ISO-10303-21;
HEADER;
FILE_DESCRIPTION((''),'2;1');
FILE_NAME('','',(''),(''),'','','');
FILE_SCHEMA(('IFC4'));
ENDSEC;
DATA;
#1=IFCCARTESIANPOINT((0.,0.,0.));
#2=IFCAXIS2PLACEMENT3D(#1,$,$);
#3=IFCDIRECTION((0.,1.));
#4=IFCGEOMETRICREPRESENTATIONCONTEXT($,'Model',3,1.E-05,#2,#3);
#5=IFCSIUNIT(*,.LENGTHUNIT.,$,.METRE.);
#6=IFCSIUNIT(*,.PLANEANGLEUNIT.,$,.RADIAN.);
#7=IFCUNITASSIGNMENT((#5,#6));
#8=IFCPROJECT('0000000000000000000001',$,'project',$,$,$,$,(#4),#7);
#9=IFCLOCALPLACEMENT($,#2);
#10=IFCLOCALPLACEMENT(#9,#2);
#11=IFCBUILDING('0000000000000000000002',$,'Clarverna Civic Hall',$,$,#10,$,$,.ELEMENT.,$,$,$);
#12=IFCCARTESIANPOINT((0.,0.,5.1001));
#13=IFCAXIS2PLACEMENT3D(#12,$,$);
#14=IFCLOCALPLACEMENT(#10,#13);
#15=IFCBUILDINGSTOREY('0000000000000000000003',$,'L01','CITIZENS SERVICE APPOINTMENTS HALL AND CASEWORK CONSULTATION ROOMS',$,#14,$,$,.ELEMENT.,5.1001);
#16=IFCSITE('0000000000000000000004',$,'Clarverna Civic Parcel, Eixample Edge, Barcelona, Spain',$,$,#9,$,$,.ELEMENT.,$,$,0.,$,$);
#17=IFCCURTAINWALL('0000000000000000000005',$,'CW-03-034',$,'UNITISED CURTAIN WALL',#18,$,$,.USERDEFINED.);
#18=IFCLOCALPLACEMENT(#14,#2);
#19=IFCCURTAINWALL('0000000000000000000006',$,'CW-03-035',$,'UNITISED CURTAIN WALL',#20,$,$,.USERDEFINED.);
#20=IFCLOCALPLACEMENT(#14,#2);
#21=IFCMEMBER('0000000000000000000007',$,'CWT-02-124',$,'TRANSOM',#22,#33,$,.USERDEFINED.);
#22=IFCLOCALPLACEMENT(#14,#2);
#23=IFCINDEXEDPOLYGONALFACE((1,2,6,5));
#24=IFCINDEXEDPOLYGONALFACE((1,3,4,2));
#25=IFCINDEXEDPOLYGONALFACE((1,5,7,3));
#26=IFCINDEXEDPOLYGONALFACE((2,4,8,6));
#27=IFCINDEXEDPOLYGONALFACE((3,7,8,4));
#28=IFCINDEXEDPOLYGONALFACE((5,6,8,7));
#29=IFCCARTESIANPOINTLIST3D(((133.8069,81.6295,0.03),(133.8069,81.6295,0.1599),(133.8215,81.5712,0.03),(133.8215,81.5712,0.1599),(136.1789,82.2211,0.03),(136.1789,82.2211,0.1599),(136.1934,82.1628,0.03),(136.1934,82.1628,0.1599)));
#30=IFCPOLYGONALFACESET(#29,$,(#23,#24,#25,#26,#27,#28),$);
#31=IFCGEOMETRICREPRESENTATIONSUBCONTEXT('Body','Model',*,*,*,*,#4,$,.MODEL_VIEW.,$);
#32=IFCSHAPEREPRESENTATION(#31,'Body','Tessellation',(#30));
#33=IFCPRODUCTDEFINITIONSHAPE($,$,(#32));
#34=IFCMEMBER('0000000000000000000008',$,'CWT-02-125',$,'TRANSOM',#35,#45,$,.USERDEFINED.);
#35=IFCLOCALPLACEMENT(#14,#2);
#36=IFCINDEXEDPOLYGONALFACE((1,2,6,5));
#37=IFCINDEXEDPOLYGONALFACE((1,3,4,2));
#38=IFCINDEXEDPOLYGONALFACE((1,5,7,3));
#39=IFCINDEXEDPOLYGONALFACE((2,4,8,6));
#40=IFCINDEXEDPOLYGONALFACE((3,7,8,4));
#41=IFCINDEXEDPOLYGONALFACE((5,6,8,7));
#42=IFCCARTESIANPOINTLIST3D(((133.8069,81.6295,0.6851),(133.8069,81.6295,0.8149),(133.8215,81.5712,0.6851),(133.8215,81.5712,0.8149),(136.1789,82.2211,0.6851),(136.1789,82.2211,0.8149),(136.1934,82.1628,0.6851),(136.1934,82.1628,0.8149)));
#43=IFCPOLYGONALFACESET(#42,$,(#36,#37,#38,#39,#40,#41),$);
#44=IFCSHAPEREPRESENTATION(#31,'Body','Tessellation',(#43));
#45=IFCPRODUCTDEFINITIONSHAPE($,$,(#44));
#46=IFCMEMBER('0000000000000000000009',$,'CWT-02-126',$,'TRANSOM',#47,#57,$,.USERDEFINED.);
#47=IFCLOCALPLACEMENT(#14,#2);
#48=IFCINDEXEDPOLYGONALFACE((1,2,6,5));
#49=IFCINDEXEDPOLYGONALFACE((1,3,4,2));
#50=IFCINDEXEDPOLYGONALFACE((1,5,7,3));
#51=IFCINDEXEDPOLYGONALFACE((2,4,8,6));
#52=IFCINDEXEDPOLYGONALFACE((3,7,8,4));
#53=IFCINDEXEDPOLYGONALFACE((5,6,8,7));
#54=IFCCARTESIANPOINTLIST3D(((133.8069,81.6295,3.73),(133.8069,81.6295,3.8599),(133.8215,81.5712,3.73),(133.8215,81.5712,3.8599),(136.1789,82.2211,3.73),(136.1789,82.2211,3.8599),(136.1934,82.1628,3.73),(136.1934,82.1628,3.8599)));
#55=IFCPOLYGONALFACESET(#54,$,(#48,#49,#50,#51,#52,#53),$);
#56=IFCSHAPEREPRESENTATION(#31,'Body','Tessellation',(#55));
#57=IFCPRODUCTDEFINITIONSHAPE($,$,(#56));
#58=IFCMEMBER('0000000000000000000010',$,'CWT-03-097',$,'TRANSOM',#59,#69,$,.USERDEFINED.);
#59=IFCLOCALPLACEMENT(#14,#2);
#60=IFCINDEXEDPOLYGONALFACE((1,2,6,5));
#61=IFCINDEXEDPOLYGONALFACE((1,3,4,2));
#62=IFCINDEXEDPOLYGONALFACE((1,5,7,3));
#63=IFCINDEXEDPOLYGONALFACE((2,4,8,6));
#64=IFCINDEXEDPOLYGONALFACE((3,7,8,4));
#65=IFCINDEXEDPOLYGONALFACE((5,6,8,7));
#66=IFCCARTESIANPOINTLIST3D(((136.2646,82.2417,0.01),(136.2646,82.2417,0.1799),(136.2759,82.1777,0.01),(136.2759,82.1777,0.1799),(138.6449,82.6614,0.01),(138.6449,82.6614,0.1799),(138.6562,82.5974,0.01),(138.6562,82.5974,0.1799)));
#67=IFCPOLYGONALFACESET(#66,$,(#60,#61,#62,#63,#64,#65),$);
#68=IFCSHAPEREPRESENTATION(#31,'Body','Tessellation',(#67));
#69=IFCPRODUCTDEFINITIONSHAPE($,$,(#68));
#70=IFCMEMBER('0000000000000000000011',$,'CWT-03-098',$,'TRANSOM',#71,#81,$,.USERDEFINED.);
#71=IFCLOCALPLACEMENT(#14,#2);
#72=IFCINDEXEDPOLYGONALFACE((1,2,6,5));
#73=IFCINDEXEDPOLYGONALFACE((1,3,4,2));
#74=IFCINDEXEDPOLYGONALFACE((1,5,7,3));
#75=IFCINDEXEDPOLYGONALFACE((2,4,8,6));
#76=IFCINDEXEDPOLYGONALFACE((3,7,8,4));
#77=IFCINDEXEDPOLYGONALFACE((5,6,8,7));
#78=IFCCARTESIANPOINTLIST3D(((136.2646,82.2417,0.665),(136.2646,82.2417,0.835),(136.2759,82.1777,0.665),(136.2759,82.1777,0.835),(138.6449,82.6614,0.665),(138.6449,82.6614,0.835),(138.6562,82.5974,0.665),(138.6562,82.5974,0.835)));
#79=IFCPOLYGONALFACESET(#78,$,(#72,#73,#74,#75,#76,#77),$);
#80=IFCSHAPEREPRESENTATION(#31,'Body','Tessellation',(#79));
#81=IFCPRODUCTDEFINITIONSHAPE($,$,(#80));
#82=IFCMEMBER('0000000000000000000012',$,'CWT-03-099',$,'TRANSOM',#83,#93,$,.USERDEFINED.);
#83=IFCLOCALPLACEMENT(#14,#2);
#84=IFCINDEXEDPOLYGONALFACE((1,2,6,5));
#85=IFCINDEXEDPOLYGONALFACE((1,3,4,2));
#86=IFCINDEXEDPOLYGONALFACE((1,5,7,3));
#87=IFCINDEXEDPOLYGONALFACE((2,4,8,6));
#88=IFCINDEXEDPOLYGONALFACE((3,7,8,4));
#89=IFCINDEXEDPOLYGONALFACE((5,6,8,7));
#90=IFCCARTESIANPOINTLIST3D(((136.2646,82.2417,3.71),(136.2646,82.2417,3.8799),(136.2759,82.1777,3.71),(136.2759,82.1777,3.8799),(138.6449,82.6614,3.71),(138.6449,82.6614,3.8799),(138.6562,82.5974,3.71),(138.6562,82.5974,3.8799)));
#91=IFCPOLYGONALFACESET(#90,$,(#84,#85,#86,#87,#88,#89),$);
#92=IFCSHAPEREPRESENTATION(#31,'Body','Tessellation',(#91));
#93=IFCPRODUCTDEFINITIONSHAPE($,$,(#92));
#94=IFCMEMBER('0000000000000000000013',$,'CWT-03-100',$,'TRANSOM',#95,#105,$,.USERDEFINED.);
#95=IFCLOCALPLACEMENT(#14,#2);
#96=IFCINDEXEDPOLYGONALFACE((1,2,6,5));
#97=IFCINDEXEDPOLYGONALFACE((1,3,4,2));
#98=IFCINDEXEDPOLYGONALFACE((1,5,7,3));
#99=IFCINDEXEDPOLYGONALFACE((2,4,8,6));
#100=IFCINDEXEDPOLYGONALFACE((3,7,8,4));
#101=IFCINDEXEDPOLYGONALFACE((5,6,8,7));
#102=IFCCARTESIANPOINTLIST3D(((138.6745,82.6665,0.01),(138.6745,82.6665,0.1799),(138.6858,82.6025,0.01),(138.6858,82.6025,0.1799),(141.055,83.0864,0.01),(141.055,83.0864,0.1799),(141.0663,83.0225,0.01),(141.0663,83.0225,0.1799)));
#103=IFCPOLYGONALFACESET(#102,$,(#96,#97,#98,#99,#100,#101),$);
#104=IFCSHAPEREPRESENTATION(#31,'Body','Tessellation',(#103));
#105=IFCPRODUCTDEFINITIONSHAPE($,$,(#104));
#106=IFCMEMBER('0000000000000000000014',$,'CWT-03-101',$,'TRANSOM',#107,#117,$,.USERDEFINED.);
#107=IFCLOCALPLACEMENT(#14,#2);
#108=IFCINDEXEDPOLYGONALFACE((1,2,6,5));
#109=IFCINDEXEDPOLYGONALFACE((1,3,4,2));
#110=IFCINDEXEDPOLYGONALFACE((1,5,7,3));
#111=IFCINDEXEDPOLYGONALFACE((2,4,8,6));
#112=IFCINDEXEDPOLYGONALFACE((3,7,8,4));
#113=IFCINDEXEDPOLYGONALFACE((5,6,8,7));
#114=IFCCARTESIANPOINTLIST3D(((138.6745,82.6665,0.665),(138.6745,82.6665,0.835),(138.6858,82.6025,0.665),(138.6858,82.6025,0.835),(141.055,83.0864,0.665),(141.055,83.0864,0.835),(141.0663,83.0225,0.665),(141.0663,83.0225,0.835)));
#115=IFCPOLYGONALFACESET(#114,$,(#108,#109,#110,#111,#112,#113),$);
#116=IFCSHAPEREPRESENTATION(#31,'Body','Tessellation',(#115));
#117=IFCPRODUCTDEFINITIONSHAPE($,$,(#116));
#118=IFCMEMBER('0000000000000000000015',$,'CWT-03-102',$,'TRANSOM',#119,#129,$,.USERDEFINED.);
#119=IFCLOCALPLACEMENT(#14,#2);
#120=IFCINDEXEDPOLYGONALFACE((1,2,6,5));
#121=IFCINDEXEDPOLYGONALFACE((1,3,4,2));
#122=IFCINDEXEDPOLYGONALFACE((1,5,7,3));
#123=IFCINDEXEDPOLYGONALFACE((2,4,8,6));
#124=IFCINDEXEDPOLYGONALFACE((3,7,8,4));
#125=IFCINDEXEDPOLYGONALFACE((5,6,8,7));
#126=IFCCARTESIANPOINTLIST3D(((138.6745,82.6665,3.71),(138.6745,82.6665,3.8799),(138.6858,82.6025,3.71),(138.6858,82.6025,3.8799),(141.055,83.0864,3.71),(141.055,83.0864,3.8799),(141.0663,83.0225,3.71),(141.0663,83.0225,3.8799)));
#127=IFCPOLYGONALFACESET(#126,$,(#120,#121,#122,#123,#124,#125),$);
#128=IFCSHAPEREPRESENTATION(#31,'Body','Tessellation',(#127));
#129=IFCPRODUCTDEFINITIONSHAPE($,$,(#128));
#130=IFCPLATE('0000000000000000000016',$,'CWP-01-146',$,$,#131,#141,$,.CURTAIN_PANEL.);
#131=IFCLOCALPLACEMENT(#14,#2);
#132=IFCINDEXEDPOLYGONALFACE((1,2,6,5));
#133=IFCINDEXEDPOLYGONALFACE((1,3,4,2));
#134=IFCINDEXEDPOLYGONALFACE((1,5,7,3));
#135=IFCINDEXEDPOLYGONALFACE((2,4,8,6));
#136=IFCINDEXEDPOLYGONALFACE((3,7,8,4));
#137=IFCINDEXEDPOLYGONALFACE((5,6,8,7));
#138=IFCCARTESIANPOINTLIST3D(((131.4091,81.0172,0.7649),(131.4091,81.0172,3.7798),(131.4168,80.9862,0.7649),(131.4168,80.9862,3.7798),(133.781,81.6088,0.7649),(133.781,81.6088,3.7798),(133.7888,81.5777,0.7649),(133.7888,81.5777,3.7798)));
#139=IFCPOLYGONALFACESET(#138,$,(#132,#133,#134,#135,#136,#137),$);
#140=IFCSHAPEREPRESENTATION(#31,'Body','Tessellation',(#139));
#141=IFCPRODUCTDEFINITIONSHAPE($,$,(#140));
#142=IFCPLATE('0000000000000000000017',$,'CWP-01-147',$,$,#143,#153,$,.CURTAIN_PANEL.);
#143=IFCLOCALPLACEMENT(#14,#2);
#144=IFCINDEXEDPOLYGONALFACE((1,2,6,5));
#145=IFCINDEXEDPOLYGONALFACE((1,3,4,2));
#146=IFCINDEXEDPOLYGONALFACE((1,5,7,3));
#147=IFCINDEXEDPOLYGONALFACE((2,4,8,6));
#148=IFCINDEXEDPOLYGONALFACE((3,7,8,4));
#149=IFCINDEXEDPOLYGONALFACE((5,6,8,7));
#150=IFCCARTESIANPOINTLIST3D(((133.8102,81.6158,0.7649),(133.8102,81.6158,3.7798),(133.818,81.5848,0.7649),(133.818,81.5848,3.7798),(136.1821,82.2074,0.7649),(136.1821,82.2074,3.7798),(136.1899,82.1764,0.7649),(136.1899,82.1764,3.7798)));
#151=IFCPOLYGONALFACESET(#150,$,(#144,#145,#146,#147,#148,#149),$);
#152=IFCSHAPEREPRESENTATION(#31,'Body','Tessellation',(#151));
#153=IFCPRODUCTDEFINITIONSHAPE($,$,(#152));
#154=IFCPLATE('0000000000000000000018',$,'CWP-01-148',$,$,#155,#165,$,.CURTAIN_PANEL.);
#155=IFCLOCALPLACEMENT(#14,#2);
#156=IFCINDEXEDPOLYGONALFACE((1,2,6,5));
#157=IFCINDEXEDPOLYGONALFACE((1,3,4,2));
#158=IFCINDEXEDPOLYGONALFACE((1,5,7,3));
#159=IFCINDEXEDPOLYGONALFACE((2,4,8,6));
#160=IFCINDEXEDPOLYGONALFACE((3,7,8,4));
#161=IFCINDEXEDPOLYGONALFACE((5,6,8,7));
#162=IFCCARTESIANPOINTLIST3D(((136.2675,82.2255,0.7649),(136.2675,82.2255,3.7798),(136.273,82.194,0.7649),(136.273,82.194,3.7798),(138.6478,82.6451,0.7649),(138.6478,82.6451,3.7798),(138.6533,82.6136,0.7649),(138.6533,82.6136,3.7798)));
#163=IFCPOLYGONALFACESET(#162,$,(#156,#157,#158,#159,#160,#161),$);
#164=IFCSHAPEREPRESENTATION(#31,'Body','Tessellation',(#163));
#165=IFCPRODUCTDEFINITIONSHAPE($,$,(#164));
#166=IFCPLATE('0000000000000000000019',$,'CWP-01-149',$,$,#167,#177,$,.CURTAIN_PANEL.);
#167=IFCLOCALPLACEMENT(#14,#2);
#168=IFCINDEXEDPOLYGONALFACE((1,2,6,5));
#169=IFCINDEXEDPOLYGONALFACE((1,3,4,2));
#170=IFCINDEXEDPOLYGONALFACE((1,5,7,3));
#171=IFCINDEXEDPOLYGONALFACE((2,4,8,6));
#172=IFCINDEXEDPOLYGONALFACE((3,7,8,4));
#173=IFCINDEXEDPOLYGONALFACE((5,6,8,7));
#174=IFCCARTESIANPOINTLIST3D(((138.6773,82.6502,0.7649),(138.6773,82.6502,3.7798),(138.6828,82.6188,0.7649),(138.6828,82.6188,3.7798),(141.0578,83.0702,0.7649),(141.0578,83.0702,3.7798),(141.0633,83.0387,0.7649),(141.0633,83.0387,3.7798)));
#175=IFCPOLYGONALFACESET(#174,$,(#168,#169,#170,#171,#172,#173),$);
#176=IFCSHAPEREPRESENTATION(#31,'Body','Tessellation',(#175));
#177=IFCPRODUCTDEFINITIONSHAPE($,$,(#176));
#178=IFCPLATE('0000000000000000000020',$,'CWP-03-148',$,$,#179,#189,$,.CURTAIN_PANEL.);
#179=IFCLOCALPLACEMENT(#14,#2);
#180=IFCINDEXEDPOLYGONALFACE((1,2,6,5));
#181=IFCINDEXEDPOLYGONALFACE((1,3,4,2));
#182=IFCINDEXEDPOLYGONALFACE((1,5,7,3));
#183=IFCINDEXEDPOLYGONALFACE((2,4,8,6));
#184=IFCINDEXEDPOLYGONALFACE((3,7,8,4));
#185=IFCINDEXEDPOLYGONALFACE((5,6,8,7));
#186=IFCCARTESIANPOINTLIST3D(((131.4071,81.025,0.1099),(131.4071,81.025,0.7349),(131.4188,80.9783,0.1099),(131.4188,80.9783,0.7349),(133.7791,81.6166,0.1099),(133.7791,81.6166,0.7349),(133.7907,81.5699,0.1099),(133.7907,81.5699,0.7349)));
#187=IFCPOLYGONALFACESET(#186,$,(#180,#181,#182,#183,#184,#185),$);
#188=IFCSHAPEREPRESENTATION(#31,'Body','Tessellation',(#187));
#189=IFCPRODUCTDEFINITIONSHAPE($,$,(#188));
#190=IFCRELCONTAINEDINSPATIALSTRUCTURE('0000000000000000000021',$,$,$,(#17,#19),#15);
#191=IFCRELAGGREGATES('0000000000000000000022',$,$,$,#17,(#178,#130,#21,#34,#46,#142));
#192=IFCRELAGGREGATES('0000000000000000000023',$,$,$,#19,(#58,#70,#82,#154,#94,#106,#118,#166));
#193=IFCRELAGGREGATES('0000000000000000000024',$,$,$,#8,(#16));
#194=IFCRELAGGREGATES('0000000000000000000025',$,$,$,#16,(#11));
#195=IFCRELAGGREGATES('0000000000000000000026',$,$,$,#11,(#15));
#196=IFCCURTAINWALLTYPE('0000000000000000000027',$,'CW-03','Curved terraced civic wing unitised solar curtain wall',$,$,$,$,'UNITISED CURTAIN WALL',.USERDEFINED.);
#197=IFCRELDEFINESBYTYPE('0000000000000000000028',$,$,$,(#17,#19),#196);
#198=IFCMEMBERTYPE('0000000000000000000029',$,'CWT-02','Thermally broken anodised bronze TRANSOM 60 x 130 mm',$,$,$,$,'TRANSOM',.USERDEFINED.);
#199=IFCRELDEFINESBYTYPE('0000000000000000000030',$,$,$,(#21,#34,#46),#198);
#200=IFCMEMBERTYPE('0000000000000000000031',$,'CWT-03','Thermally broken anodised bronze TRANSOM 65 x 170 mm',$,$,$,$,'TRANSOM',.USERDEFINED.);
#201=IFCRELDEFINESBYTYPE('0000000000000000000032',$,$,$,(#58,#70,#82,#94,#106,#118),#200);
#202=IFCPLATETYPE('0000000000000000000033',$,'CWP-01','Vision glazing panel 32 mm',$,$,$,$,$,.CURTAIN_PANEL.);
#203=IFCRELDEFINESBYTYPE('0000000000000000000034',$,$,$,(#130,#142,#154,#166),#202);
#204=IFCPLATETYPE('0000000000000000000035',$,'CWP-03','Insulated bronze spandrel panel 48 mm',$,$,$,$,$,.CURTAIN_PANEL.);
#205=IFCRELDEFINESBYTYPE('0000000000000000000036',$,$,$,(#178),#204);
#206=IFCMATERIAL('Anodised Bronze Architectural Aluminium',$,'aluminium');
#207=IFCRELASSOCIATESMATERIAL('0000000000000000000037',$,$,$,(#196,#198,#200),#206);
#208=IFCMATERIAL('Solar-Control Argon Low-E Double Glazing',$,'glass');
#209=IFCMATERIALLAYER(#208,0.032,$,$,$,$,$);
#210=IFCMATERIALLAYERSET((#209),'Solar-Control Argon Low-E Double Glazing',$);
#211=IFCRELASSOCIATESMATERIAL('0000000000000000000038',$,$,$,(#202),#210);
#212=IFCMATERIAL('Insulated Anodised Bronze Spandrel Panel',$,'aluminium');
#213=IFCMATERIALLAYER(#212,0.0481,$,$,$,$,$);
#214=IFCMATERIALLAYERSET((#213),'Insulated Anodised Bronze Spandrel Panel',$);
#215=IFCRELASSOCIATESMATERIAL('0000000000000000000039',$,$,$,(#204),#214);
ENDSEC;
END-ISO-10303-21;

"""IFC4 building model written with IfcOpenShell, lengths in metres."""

from ifc_helpers import new_model, si_unit, direction, frame, frame_2d, origin, origin_2d, place, context, subcontext, project, spatial, rectangle, extrude, material, layer, layer_set, material_profile, profile_set, type_object, element, aggregate, save


model = new_model("IFC4")

# Units and contexts
model_context = context("Model", 3, precision=1e-05, world=origin(), true_north=direction((0.0, 1.0)))
body_context = subcontext(model_context, "Body", "Model", "MODEL_VIEW")
ifc_project = project(units=[si_unit("LENGTHUNIT", "METRE"), si_unit("PLANEANGLEUNIT", "RADIAN")], contexts=[model_context])

# Site, building, storey
site_placement = place(None, origin())
site = spatial("IfcSite", under=ifc_project, at=site_placement, Name="Clarverna Civic Parcel, Eixample Edge, Barcelona, Spain", CompositionType="ELEMENT", RefElevation=0.0)
building_placement = place(site_placement, origin())
building = spatial("IfcBuilding", under=site, at=building_placement, Name="Clarverna Civic Hall", CompositionType="ELEMENT")
storey_placement = place(building_placement, frame((0.0, 0.0, 5.1001)))
storey = spatial("IfcBuildingStorey", under=building, at=storey_placement, Name="L01", Description="CITIZENS SERVICE APPOINTMENTS HALL AND CASEWORK CONSULTATION ROOMS", CompositionType="ELEMENT", Elevation=5.1001)

# Curtain walls
ifc_material_1 = material(Name="Anodised Bronze Architectural Aluminium", Category="aluminium")
curtain_wall_type = type_object("IfcCurtainWallType", Name="CW-03", Description="Curved terraced civic wing unitised solar curtain wall", ElementType="UNITISED CURTAIN WALL", PredefinedType="USERDEFINED", material=ifc_material_1)
curtain_wall_1_placement = place(storey_placement, origin())
curtain_wall_1 = element("IfcCurtainWall", 1, at=curtain_wall_1_placement, inside=storey, type_object=curtain_wall_type, Name="CW-03-034", ObjectType="UNITISED CURTAIN WALL", PredefinedType="USERDEFINED")
curtain_wall_2_placement = place(storey_placement, origin())
curtain_wall_2 = element("IfcCurtainWall", 2, at=curtain_wall_2_placement, inside=storey, type_object=curtain_wall_type, Name="CW-03-035", ObjectType="UNITISED CURTAIN WALL", PredefinedType="USERDEFINED")

# Members
ifc_material_profile_1 = material_profile(ifc_material_1, rectangle(XDim=0.0601, YDim=0.1299, at=origin_2d()), Name="BRONZE 60x130")
ifc_profile_set_1 = profile_set([ifc_material_profile_1], Name="Anodised Bronze Architectural Aluminium")
member_type_1 = type_object("IfcMemberType", Name="CWT-02", Description="Thermally broken anodised bronze TRANSOM 60 x 130 mm", ElementType="TRANSOM", PredefinedType="USERDEFINED", material=ifc_profile_set_1)
member_1_placement = place(storey_placement, frame((133.8142, 81.6003, 0.095), z_axis=(0.970277, 0.241995, 0.0), x_axis=(-0.241995, 0.970277, 0.0)))
member_1 = element("IfcMember", 3, at=member_1_placement, type_object=member_type_1, Name="CWT-02-124", ObjectType="TRANSOM", PredefinedType="USERDEFINED", context=body_context, shape_type="SweptSolid", body=[
    extrude(rectangle(XDim=0.0601, YDim=0.1299, at=origin_2d()), origin(), (0.0, 0.0, 1.0), 2.4446),
])
member_2_placement = place(storey_placement, frame((133.8142, 81.6003, 0.75), z_axis=(0.970277, 0.241995, 0.0), x_axis=(-0.241995, 0.970277, 0.0)))
member_2 = element("IfcMember", 4, at=member_2_placement, type_object=member_type_1, Name="CWT-02-125", ObjectType="TRANSOM", PredefinedType="USERDEFINED", context=body_context, shape_type="SweptSolid", body=[
    extrude(rectangle(XDim=0.0601, YDim=0.1299, at=origin_2d()), origin(), (0.0, 0.0, 1.0), 2.4446),
])
member_3_placement = place(storey_placement, frame((133.8142, 81.6003, 3.7949), z_axis=(0.970277, 0.241995, 0.0), x_axis=(-0.241995, 0.970277, 0.0)))
member_3 = element("IfcMember", 5, at=member_3_placement, type_object=member_type_1, Name="CWT-02-126", ObjectType="TRANSOM", PredefinedType="USERDEFINED", context=body_context, shape_type="SweptSolid", body=[
    extrude(rectangle(XDim=0.0601, YDim=0.1299, at=origin_2d()), origin(), (0.0, 0.0, 1.0), 2.4446),
])
ifc_material_profile_2 = material_profile(ifc_material_1, rectangle(XDim=0.0649, YDim=0.1699, at=origin_2d()), Name="BRONZE 65x170")
ifc_profile_set_2 = profile_set([ifc_material_profile_2], Name="Anodised Bronze Architectural Aluminium")
member_type_2 = type_object("IfcMemberType", Name="CWT-03", Description="Thermally broken anodised bronze TRANSOM 65 x 170 mm", ElementType="TRANSOM", PredefinedType="USERDEFINED", material=ifc_profile_set_2)
member_4_placement = place(storey_placement, frame((136.2703, 82.2097, 0.095), z_axis=(0.984811, 0.17363, 0.0), x_axis=(-0.17363, 0.984811, 0.0)))
member_4 = element("IfcMember", 6, at=member_4_placement, type_object=member_type_2, Name="CWT-03-097", ObjectType="TRANSOM", PredefinedType="USERDEFINED", context=body_context, shape_type="SweptSolid", body=[
    extrude(rectangle(XDim=0.0649, YDim=0.1699, at=origin_2d()), origin(), (0.0, 0.0, 1.0), 2.417),
])
member_5_placement = place(storey_placement, frame((136.2703, 82.2097, 0.75), z_axis=(0.984811, 0.17363, 0.0), x_axis=(-0.17363, 0.984811, 0.0)))
member_5 = element("IfcMember", 7, at=member_5_placement, type_object=member_type_2, Name="CWT-03-098", ObjectType="TRANSOM", PredefinedType="USERDEFINED", context=body_context, shape_type="SweptSolid", body=[
    extrude(rectangle(XDim=0.0649, YDim=0.1699, at=origin_2d()), origin(), (0.0, 0.0, 1.0), 2.417),
])
member_6_placement = place(storey_placement, frame((136.2703, 82.2097, 3.7949), z_axis=(0.984811, 0.17363, 0.0), x_axis=(-0.17363, 0.984811, 0.0)))
member_6 = element("IfcMember", 8, at=member_6_placement, type_object=member_type_2, Name="CWT-03-099", ObjectType="TRANSOM", PredefinedType="USERDEFINED", context=body_context, shape_type="SweptSolid", body=[
    extrude(rectangle(XDim=0.0649, YDim=0.1699, at=origin_2d()), origin(), (0.0, 0.0, 1.0), 2.417),
])
member_7_placement = place(storey_placement, frame((138.6802, 82.6345, 0.095), z_axis=(0.984794, 0.173728, 0.0), x_axis=(-0.173728, 0.984794, 0.0)))
member_7 = element("IfcMember", 9, at=member_7_placement, type_object=member_type_2, Name="CWT-03-100", ObjectType="TRANSOM", PredefinedType="USERDEFINED", context=body_context, shape_type="SweptSolid", body=[
    extrude(rectangle(XDim=0.0649, YDim=0.1699, at=origin_2d()), origin(), (0.0, 0.0, 1.0), 2.4172),
])
member_8_placement = place(storey_placement, frame((138.6802, 82.6345, 0.75), z_axis=(0.984794, 0.173728, 0.0), x_axis=(-0.173728, 0.984794, 0.0)))
member_8 = element("IfcMember", 10, at=member_8_placement, type_object=member_type_2, Name="CWT-03-101", ObjectType="TRANSOM", PredefinedType="USERDEFINED", context=body_context, shape_type="SweptSolid", body=[
    extrude(rectangle(XDim=0.0649, YDim=0.1699, at=origin_2d()), origin(), (0.0, 0.0, 1.0), 2.4172),
])
member_9_placement = place(storey_placement, frame((138.6802, 82.6345, 3.7949), z_axis=(0.984794, 0.173728, 0.0), x_axis=(-0.173728, 0.984794, 0.0)))
member_9 = element("IfcMember", 11, at=member_9_placement, type_object=member_type_2, Name="CWT-03-102", ObjectType="TRANSOM", PredefinedType="USERDEFINED", context=body_context, shape_type="SweptSolid", body=[
    extrude(rectangle(XDim=0.0649, YDim=0.1699, at=origin_2d()), origin(), (0.0, 0.0, 1.0), 2.4172),
])

# Plates
ifc_material_2 = material(Name="Solar-Control Argon Low-E Double Glazing", Category="glass")
ifc_layer_1 = layer(ifc_material_2, 0.032)
ifc_layer_set_1 = layer_set([ifc_layer_1], Name="Solar-Control Argon Low-E Double Glazing")
plate_type_1 = type_object("IfcPlateType", Name="CWP-01", Description="Vision glazing panel 32 mm", PredefinedType="CURTAIN_PANEL", material=ifc_layer_set_1)
plate_1_placement = place(storey_placement, frame((131.4131, 81.0017, 0.7649), z_axis=(0.0, 0.0, 1.0), x_axis=(0.970277, 0.241995, 0.0)))
plate_1 = element("IfcPlate", 12, at=plate_1_placement, type_object=plate_type_1, Name="CWP-01-146", PredefinedType="CURTAIN_PANEL", context=body_context, shape_type="SweptSolid", body=[
    extrude(rectangle(XDim=2.4446, YDim=0.032, at=frame_2d((1.2222, 0.0))), origin(), (0.0, 0.0, 1.0), 3.0149),
])
plate_2_placement = place(storey_placement, frame((133.8142, 81.6003, 0.7649), z_axis=(0.0, 0.0, 1.0), x_axis=(0.970277, 0.241995, 0.0)))
plate_2 = element("IfcPlate", 13, at=plate_2_placement, type_object=plate_type_1, Name="CWP-01-147", PredefinedType="CURTAIN_PANEL", context=body_context, shape_type="SweptSolid", body=[
    extrude(rectangle(XDim=2.4446, YDim=0.032, at=frame_2d((1.2222, 0.0))), origin(), (0.0, 0.0, 1.0), 3.0149),
])
plate_3_placement = place(storey_placement, frame((136.2703, 82.2097, 0.7649), z_axis=(0.0, 0.0, 1.0), x_axis=(0.984811, 0.17363, 0.0)))
plate_3 = element("IfcPlate", 14, at=plate_3_placement, type_object=plate_type_1, Name="CWP-01-148", PredefinedType="CURTAIN_PANEL", context=body_context, shape_type="SweptSolid", body=[
    extrude(rectangle(XDim=2.417, YDim=0.032, at=frame_2d((1.2085, 0.0))), origin(), (0.0, 0.0, 1.0), 3.0149),
])
plate_4_placement = place(storey_placement, frame((138.6802, 82.6345, 0.7649), z_axis=(0.0, 0.0, 1.0), x_axis=(0.984794, 0.173728, 0.0)))
plate_4 = element("IfcPlate", 15, at=plate_4_placement, type_object=plate_type_1, Name="CWP-01-149", PredefinedType="CURTAIN_PANEL", context=body_context, shape_type="SweptSolid", body=[
    extrude(rectangle(XDim=2.4172, YDim=0.032, at=frame_2d((1.2085, 0.0))), origin(), (0.0, 0.0, 1.0), 3.0149),
])
ifc_material_3 = material(Name="Insulated Anodised Bronze Spandrel Panel", Category="aluminium")
ifc_layer_2 = layer(ifc_material_3, 0.0481)
ifc_layer_set_2 = layer_set([ifc_layer_2], Name="Insulated Anodised Bronze Spandrel Panel")
plate_type_2 = type_object("IfcPlateType", Name="CWP-03", Description="Insulated bronze spandrel panel 48 mm", PredefinedType="CURTAIN_PANEL", material=ifc_layer_set_2)
plate_5_placement = place(storey_placement, frame((131.4131, 81.0017, 0.1099), z_axis=(0.0, 0.0, 1.0), x_axis=(0.970277, 0.241995, 0.0)))
plate_5 = element("IfcPlate", 16, at=plate_5_placement, type_object=plate_type_2, Name="CWP-03-148", PredefinedType="CURTAIN_PANEL", context=body_context, shape_type="SweptSolid", body=[
    extrude(rectangle(XDim=2.4446, YDim=0.0481, at=frame_2d((1.2222, 0.0))), origin(), (0.0, 0.0, 1.0), 0.625),
])
aggregate(curtain_wall_1, [plate_5, plate_1, member_1, member_2, member_3, plate_2])
aggregate(curtain_wall_2, [member_4, member_5, member_6, plate_3, member_7, member_8, member_9, plate_4])

save(model, "model.ifc")
